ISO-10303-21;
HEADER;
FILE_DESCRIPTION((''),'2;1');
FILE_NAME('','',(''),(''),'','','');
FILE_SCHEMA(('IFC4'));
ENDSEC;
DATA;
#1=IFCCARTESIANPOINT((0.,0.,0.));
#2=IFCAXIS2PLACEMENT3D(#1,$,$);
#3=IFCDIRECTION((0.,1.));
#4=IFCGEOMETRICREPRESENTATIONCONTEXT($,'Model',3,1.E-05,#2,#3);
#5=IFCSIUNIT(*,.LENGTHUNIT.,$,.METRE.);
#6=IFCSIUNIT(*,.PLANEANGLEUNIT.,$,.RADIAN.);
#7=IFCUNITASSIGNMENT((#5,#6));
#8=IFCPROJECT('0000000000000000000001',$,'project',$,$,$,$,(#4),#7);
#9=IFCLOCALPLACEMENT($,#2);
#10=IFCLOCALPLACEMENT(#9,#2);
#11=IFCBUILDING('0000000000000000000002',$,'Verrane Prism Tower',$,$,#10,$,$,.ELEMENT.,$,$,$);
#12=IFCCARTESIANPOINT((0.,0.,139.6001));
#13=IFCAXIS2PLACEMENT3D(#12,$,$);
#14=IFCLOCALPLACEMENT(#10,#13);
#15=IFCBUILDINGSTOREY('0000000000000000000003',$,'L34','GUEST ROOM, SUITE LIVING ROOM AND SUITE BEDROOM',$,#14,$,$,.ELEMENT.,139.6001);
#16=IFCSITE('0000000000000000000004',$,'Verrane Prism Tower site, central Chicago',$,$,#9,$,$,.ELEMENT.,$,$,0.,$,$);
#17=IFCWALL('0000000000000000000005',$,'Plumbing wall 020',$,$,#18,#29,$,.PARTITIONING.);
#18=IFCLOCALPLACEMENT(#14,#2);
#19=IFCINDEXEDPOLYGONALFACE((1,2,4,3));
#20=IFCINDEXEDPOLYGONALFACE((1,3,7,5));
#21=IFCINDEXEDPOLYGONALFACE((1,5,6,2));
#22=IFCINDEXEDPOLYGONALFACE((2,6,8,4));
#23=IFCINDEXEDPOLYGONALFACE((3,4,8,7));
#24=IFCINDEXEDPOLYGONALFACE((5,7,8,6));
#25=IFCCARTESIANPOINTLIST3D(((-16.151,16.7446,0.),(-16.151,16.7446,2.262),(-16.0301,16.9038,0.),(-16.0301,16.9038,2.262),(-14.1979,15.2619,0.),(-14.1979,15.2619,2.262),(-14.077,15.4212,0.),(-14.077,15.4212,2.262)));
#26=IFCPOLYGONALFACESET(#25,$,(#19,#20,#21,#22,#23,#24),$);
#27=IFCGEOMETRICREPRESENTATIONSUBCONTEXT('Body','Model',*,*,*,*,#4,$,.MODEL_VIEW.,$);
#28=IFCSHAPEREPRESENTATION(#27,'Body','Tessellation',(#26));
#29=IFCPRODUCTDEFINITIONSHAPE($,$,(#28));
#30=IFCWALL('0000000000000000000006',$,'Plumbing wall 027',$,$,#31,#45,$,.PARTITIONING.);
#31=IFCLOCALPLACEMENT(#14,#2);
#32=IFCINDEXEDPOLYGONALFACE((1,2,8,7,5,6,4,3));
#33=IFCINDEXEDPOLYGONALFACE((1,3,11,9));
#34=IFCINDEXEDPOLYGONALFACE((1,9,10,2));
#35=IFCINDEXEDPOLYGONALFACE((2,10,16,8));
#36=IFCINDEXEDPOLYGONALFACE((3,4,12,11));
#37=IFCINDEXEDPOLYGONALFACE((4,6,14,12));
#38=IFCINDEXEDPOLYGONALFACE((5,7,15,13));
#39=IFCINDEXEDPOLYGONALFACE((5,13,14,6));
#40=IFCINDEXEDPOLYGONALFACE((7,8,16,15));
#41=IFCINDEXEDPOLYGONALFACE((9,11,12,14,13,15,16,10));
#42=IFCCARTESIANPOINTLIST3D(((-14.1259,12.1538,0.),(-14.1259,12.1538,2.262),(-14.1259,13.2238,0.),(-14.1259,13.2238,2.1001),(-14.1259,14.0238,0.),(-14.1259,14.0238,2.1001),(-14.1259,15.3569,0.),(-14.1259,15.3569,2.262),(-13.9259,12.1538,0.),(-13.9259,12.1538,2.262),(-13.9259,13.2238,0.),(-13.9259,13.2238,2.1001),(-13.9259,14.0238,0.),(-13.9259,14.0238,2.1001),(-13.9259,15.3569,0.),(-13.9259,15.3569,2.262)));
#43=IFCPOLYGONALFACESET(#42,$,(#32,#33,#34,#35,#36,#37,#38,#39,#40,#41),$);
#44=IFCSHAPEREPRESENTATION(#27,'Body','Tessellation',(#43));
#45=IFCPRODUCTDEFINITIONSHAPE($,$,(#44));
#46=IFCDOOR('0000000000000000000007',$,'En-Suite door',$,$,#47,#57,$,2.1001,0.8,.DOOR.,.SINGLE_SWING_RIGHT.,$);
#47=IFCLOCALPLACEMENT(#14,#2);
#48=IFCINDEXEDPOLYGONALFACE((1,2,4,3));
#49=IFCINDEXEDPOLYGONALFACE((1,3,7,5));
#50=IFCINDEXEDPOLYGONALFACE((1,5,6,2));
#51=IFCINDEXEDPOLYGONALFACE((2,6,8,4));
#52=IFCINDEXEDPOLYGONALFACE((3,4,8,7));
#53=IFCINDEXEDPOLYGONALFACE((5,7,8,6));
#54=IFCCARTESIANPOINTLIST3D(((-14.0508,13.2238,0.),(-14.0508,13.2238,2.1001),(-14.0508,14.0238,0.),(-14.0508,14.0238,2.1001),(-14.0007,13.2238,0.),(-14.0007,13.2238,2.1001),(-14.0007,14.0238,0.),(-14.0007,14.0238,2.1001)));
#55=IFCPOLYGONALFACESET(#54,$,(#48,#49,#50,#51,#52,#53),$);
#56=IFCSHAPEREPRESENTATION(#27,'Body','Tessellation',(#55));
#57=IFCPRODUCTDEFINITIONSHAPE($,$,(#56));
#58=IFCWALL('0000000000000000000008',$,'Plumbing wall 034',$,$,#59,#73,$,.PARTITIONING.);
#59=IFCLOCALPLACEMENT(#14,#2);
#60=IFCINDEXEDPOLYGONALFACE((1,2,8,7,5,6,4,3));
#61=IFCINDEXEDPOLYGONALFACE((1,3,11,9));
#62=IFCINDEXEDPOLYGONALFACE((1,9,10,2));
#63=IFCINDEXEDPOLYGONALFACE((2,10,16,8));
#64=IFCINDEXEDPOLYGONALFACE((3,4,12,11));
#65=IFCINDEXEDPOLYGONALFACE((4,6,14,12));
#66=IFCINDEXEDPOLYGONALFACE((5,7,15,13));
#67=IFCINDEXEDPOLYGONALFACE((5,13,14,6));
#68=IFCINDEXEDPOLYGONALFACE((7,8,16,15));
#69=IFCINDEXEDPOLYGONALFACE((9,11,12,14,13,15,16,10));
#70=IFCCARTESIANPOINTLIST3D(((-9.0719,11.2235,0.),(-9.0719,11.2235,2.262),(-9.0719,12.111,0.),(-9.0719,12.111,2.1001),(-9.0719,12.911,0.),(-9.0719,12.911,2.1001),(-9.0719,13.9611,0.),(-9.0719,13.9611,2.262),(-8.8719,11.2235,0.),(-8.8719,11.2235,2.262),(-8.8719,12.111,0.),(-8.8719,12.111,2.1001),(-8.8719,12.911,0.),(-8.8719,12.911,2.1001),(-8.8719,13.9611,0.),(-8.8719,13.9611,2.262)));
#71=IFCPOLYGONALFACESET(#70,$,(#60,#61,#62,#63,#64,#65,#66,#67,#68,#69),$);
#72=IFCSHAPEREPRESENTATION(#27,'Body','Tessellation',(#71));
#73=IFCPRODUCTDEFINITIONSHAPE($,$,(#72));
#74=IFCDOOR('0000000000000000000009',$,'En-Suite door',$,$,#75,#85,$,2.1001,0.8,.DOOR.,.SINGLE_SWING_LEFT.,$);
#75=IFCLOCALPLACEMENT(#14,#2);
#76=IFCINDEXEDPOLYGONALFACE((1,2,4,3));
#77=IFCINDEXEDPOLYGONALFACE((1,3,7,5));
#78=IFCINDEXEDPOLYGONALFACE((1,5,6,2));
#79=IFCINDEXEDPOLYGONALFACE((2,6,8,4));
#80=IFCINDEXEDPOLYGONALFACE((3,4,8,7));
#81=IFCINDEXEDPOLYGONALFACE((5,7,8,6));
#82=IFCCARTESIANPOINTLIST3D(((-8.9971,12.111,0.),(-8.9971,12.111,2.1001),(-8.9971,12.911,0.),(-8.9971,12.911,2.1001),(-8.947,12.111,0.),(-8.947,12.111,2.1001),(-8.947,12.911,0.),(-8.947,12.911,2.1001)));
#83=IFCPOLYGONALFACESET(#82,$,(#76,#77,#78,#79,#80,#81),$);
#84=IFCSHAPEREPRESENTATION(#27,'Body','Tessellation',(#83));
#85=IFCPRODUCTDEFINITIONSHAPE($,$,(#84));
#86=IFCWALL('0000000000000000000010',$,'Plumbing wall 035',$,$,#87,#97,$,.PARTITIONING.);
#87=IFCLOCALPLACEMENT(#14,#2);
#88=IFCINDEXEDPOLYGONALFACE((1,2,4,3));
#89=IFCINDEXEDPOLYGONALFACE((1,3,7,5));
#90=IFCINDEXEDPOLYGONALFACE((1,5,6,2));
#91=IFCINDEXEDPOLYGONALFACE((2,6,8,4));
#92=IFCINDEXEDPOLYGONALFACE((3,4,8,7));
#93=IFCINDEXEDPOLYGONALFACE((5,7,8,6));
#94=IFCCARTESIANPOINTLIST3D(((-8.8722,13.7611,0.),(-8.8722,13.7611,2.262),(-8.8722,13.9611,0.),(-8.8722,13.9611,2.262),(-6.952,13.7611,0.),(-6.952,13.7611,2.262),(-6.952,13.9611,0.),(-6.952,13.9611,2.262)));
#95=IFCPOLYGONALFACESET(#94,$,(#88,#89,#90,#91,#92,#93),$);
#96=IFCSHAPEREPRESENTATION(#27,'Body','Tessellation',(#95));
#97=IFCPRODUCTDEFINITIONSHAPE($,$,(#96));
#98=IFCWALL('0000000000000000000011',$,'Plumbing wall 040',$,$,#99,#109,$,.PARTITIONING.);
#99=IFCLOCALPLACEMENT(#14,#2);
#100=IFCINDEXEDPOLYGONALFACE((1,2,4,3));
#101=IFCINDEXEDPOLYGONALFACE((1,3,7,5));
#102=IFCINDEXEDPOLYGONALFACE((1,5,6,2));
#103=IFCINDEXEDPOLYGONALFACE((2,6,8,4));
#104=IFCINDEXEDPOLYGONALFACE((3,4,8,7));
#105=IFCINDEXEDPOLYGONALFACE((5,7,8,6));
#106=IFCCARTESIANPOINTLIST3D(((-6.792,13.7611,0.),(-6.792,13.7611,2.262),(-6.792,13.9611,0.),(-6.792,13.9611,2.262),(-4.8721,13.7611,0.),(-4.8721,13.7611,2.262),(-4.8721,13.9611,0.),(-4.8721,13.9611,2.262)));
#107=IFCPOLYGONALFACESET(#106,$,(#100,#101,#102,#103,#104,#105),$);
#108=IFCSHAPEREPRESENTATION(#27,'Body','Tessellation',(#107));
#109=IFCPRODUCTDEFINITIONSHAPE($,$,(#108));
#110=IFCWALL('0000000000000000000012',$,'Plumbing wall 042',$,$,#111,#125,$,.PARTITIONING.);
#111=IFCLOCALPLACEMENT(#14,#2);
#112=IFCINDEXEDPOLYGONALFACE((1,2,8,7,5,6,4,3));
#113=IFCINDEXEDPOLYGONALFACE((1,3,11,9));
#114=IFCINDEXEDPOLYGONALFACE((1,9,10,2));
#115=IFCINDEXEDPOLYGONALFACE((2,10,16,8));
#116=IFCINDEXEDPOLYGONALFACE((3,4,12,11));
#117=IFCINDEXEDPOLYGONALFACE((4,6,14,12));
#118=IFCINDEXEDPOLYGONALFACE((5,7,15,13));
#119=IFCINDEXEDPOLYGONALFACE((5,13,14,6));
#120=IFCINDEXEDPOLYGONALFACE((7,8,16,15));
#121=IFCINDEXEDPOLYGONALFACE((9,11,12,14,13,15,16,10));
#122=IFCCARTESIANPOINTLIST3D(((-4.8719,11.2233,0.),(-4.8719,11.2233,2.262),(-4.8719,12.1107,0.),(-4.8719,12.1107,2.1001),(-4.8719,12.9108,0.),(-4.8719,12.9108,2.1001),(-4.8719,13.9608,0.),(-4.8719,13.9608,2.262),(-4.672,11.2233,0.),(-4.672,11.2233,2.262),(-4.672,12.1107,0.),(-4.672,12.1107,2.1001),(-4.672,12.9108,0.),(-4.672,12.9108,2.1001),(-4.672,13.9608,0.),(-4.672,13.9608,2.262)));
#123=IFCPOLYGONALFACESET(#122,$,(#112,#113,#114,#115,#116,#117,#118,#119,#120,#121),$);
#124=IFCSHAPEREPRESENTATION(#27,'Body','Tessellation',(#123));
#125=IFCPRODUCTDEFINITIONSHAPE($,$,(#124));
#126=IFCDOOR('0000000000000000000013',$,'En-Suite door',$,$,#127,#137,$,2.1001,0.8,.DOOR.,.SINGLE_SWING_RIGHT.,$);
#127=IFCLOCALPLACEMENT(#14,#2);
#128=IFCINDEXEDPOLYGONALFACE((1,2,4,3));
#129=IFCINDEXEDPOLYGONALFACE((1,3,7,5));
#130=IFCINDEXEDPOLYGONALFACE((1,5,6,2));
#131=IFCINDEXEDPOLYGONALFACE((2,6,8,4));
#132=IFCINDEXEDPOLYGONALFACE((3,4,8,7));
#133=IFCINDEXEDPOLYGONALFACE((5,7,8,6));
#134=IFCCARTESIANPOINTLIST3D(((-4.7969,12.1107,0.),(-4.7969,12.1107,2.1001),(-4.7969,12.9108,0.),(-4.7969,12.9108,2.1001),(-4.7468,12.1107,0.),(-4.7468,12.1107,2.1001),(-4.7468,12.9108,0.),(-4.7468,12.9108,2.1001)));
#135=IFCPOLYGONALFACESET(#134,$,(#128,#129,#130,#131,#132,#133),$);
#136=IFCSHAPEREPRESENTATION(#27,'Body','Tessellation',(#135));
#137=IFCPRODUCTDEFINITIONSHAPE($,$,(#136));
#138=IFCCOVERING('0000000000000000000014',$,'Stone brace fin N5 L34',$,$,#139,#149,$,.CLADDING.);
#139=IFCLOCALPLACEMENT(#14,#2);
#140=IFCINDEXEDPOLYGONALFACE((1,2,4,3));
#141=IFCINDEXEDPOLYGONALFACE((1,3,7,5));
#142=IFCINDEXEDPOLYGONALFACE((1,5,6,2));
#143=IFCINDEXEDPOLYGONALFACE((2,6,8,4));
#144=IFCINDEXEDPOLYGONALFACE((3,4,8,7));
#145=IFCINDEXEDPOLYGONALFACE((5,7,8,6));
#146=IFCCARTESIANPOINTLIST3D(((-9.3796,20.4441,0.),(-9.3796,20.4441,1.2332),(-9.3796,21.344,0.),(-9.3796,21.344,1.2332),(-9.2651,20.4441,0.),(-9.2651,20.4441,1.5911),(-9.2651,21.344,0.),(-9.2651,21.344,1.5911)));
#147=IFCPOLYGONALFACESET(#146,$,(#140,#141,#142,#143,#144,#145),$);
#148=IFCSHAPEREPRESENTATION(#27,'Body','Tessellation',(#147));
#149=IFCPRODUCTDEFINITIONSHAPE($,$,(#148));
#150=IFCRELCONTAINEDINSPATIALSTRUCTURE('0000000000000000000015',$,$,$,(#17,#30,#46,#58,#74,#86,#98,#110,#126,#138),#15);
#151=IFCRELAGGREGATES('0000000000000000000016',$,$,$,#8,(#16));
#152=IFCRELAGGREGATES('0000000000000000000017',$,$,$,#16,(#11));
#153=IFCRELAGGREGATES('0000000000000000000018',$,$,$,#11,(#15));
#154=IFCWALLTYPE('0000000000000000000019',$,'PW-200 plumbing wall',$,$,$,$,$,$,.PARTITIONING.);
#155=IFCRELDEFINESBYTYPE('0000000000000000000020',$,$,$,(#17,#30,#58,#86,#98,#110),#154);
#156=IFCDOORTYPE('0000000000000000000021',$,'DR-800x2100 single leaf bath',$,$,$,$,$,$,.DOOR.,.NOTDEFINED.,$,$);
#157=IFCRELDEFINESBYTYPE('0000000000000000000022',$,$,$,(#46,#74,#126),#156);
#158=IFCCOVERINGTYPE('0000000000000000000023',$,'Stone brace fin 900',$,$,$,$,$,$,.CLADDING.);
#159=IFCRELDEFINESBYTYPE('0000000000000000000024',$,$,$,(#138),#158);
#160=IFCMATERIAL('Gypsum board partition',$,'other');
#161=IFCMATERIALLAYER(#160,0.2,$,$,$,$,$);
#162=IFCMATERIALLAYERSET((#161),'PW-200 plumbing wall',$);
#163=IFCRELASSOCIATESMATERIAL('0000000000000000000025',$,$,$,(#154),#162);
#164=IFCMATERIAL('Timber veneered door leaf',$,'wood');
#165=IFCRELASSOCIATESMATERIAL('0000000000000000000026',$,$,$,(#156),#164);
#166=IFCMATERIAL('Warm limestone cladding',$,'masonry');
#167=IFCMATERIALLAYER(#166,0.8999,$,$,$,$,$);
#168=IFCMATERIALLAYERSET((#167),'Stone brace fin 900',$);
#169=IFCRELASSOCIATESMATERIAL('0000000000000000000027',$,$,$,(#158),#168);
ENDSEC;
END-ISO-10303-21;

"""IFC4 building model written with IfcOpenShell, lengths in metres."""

from ifc_helpers import new_model, si_unit, direction, frame, frame_2d, origin, place, context, subcontext, project, spatial, polyline, rectangle, outline, extrude, material, layer, layer_set, type_object, element, fill, save


model = new_model("IFC4")

# Units and contexts
model_context = context("Model", 3, precision=1e-05, world=origin(), true_north=direction((0.0, 1.0)))
body_context = subcontext(model_context, "Body", "Model", "MODEL_VIEW")
ifc_project = project(units=[si_unit("LENGTHUNIT", "METRE"), si_unit("PLANEANGLEUNIT", "RADIAN")], contexts=[model_context])

# Site, building, storey
site_placement = place(None, origin())
site = spatial("IfcSite", under=ifc_project, at=site_placement, Name="Verrane Prism Tower site, central Chicago", CompositionType="ELEMENT", RefElevation=0.0)
building_placement = place(site_placement, origin())
building = spatial("IfcBuilding", under=site, at=building_placement, Name="Verrane Prism Tower", CompositionType="ELEMENT")
storey_placement = place(building_placement, frame((0.0, 0.0, 139.6001)))
storey = spatial("IfcBuildingStorey", under=building, at=storey_placement, Name="L34", Description="GUEST ROOM, SUITE LIVING ROOM AND SUITE BEDROOM", CompositionType="ELEMENT", Elevation=139.6001)

# Wall
ifc_material_1 = material(Name="Gypsum board partition", Category="other")
ifc_layer_1 = layer(ifc_material_1, 0.2)
ifc_layer_set_1 = layer_set([ifc_layer_1], Name="PW-200 plumbing wall")
wall_type_1 = type_object("IfcWallType", Name="PW-200 plumbing wall", PredefinedType="PARTITIONING", material=ifc_layer_set_1)
wall_1_placement = place(storey_placement, frame((-16.0906, 16.8242, 0.0), z_axis=(0.0, 0.0, 1.0), x_axis=(0.796498, -0.604641, 0.0)))
element("IfcWall", 1, at=wall_1_placement, inside=storey, type_object=wall_type_1, Name="Plumbing wall 020", PredefinedType="PARTITIONING", context=body_context, shape_type="SweptSolid", body=[
    extrude(rectangle(XDim=2.4521, YDim=0.2, at=frame_2d((1.2261, 0.0))), origin(), (0.0, 0.0, 1.0), 2.262),
])

# Walls, openings, doors
wall_2_placement = place(storey_placement, frame((-14.0259, 12.1538, 0.0), z_axis=(0.0, 0.0, 1.0), x_axis=(0.0, 1.0, 0.0)))
wall_2 = element("IfcWall", 2, at=wall_2_placement, inside=storey, type_object=wall_type_1, Name="Plumbing wall 027", PredefinedType="PARTITIONING", context=body_context, shape_type="SweptSolid", body=[
    extrude(rectangle(XDim=3.2031, YDim=0.2, at=frame_2d((1.6016, 0.0))), origin(), (0.0, 0.0, 1.0), 2.262),
])
opening_1_placement = place(wall_2_placement, frame((1.0701, 0.0, 0.0)))
opening_1 = element("IfcOpeningElement", 3, at=opening_1_placement, cuts=wall_2, PredefinedType="OPENING", context=body_context, shape_type="SweptSolid", body=[
    extrude(rectangle(XDim=0.8, YDim=2.1001, at=frame_2d((0.3999, 1.05))), frame((0.0, 0.1099, 0.0), z_axis=(0.0, -1.0, 0.0), x_axis=(1.0, 0.0, 0.0)), (0.0, 0.0, 1.0), 0.22),
])
ifc_material_2 = material(Name="Timber veneered door leaf", Category="wood")
door_type_1 = type_object("IfcDoorType", Name="DR-800x2100 single leaf bath", OperationType="NOTDEFINED", PredefinedType="DOOR", material=ifc_material_2)
door_1_placement = place(opening_1_placement, origin())
door_1 = element("IfcDoor", 4, at=door_1_placement, inside=storey, type_object=door_type_1, Name="En-Suite door", OperationType="SINGLE_SWING_RIGHT", OverallHeight=2.1001, OverallWidth=0.8, PredefinedType="DOOR", context=body_context, shape_type="SweptSolid", body=[
    extrude(rectangle(XDim=0.8, YDim=2.1001, at=frame_2d((0.3999, 1.05))), frame((0.0, 0.0249, 0.0), z_axis=(0.0, -1.0, 0.0), x_axis=(1.0, 0.0, 0.0)), (0.0, 0.0, 1.0), 0.05),
])
fill(opening_1, door_1)
wall_3_placement = place(storey_placement, frame((-8.9719, 13.9609, 0.0), z_axis=(0.0, 0.0, 1.0), x_axis=(0.0, -1.0, 0.0)))
wall_3 = element("IfcWall", 5, at=wall_3_placement, inside=storey, type_object=wall_type_1, Name="Plumbing wall 034", PredefinedType="PARTITIONING", context=body_context, shape_type="SweptSolid", body=[
    extrude(rectangle(XDim=2.7375, YDim=0.2, at=frame_2d((1.3687, 0.0))), origin(), (0.0, 0.0, 1.0), 2.262),
])
opening_2_placement = place(wall_3_placement, frame((1.05, 0.0, 0.0)))
opening_2 = element("IfcOpeningElement", 6, at=opening_2_placement, cuts=wall_3, PredefinedType="OPENING", context=body_context, shape_type="SweptSolid", body=[
    extrude(rectangle(XDim=0.8, YDim=2.1001, at=frame_2d((0.3999, 1.05))), frame((0.0, 0.1099, 0.0), z_axis=(0.0, -1.0, 0.0), x_axis=(1.0, 0.0, 0.0)), (0.0, 0.0, 1.0), 0.22),
])
door_2_placement = place(opening_2_placement, origin())
door_2 = element("IfcDoor", 7, at=door_2_placement, inside=storey, type_object=door_type_1, Name="En-Suite door", OperationType="SINGLE_SWING_LEFT", OverallHeight=2.1001, OverallWidth=0.8, PredefinedType="DOOR", context=body_context, shape_type="SweptSolid", body=[
    extrude(rectangle(XDim=0.8, YDim=2.1001, at=frame_2d((0.3999, 1.05))), frame((0.0, 0.0249, 0.0), z_axis=(0.0, -1.0, 0.0), x_axis=(1.0, 0.0, 0.0)), (0.0, 0.0, 1.0), 0.05),
])
fill(opening_2, door_2)

# Walls
wall_4_placement = place(storey_placement, frame((-8.8721, 13.8611, 0.0), z_axis=(0.0, 0.0, 1.0), x_axis=(1.0, 0.0, 0.0)))
element("IfcWall", 8, at=wall_4_placement, inside=storey, type_object=wall_type_1, Name="Plumbing wall 035", PredefinedType="PARTITIONING", context=body_context, shape_type="SweptSolid", body=[
    extrude(rectangle(XDim=1.9202, YDim=0.2, at=frame_2d((0.96, 0.0))), origin(), (0.0, 0.0, 1.0), 2.262),
])
wall_5_placement = place(storey_placement, frame((-6.792, 13.8611, 0.0), z_axis=(0.0, 0.0, 1.0), x_axis=(1.0, 0.0, 0.0)))
element("IfcWall", 9, at=wall_5_placement, inside=storey, type_object=wall_type_1, Name="Plumbing wall 040", PredefinedType="PARTITIONING", context=body_context, shape_type="SweptSolid", body=[
    extrude(rectangle(XDim=1.9199, YDim=0.2, at=frame_2d((0.96, 0.0))), origin(), (0.0, 0.0, 1.0), 2.262),
])

# Wall, opening, door
wall_6_placement = place(storey_placement, frame((-4.772, 11.2234, 0.0), z_axis=(0.0, 0.0, 1.0), x_axis=(0.0, 1.0, 0.0)))
wall_6 = element("IfcWall", 10, at=wall_6_placement, inside=storey, type_object=wall_type_1, Name="Plumbing wall 042", PredefinedType="PARTITIONING", context=body_context, shape_type="SweptSolid", body=[
    extrude(rectangle(XDim=2.7375, YDim=0.2, at=frame_2d((1.3687, 0.0))), origin(), (0.0, 0.0, 1.0), 2.262),
])
opening_3_placement = place(wall_6_placement, frame((0.8875, 0.0, 0.0)))
opening_3 = element("IfcOpeningElement", 11, at=opening_3_placement, cuts=wall_6, PredefinedType="OPENING", context=body_context, shape_type="SweptSolid", body=[
    extrude(rectangle(XDim=0.8, YDim=2.1001, at=frame_2d((0.3999, 1.05))), frame((0.0, 0.1099, 0.0), z_axis=(0.0, -1.0, 0.0), x_axis=(1.0, 0.0, 0.0)), (0.0, 0.0, 1.0), 0.22),
])
door_3_placement = place(opening_3_placement, origin())
door_3 = element("IfcDoor", 12, at=door_3_placement, inside=storey, type_object=door_type_1, Name="En-Suite door", OperationType="SINGLE_SWING_RIGHT", OverallHeight=2.1001, OverallWidth=0.8, PredefinedType="DOOR", context=body_context, shape_type="SweptSolid", body=[
    extrude(rectangle(XDim=0.8, YDim=2.1001, at=frame_2d((0.3999, 1.05))), frame((0.0, 0.0249, 0.0), z_axis=(0.0, -1.0, 0.0), x_axis=(1.0, 0.0, 0.0)), (0.0, 0.0, 1.0), 0.05),
])
fill(opening_3, door_3)

# Covering
ifc_material_3 = material(Name="Warm limestone cladding", Category="masonry")
ifc_layer_2 = layer(ifc_material_3, 0.8999)
ifc_layer_set_2 = layer_set([ifc_layer_2], Name="Stone brace fin 900")
covering_type = type_object("IfcCoveringType", Name="Stone brace fin 900", PredefinedType="CLADDING", material=ifc_layer_set_2)
covering_placement = place(storey_placement, frame((-9.3796, 20.894, 0.0), z_axis=(0.0, 0.0, 1.0), x_axis=(1.0, 0.0, 0.0)))
element("IfcCovering", 13, at=covering_placement, inside=storey, type_object=covering_type, Name="Stone brace fin N5 L34", PredefinedType="CLADDING", context=body_context, shape_type="SweptSolid", body=[
    extrude(outline(polyline([(0.0, 0.0), (0.1145, 0.0), (0.1145, 1.5911), (0.0, 1.2332), (0.0, 0.0)])), frame((0.0, 0.45, 0.0), z_axis=(0.0, -1.0, 0.0), x_axis=(1.0, 0.0, 0.0)), (0.0, 0.0, 1.0), 0.8999),
])

save(model, "model.ifc")
